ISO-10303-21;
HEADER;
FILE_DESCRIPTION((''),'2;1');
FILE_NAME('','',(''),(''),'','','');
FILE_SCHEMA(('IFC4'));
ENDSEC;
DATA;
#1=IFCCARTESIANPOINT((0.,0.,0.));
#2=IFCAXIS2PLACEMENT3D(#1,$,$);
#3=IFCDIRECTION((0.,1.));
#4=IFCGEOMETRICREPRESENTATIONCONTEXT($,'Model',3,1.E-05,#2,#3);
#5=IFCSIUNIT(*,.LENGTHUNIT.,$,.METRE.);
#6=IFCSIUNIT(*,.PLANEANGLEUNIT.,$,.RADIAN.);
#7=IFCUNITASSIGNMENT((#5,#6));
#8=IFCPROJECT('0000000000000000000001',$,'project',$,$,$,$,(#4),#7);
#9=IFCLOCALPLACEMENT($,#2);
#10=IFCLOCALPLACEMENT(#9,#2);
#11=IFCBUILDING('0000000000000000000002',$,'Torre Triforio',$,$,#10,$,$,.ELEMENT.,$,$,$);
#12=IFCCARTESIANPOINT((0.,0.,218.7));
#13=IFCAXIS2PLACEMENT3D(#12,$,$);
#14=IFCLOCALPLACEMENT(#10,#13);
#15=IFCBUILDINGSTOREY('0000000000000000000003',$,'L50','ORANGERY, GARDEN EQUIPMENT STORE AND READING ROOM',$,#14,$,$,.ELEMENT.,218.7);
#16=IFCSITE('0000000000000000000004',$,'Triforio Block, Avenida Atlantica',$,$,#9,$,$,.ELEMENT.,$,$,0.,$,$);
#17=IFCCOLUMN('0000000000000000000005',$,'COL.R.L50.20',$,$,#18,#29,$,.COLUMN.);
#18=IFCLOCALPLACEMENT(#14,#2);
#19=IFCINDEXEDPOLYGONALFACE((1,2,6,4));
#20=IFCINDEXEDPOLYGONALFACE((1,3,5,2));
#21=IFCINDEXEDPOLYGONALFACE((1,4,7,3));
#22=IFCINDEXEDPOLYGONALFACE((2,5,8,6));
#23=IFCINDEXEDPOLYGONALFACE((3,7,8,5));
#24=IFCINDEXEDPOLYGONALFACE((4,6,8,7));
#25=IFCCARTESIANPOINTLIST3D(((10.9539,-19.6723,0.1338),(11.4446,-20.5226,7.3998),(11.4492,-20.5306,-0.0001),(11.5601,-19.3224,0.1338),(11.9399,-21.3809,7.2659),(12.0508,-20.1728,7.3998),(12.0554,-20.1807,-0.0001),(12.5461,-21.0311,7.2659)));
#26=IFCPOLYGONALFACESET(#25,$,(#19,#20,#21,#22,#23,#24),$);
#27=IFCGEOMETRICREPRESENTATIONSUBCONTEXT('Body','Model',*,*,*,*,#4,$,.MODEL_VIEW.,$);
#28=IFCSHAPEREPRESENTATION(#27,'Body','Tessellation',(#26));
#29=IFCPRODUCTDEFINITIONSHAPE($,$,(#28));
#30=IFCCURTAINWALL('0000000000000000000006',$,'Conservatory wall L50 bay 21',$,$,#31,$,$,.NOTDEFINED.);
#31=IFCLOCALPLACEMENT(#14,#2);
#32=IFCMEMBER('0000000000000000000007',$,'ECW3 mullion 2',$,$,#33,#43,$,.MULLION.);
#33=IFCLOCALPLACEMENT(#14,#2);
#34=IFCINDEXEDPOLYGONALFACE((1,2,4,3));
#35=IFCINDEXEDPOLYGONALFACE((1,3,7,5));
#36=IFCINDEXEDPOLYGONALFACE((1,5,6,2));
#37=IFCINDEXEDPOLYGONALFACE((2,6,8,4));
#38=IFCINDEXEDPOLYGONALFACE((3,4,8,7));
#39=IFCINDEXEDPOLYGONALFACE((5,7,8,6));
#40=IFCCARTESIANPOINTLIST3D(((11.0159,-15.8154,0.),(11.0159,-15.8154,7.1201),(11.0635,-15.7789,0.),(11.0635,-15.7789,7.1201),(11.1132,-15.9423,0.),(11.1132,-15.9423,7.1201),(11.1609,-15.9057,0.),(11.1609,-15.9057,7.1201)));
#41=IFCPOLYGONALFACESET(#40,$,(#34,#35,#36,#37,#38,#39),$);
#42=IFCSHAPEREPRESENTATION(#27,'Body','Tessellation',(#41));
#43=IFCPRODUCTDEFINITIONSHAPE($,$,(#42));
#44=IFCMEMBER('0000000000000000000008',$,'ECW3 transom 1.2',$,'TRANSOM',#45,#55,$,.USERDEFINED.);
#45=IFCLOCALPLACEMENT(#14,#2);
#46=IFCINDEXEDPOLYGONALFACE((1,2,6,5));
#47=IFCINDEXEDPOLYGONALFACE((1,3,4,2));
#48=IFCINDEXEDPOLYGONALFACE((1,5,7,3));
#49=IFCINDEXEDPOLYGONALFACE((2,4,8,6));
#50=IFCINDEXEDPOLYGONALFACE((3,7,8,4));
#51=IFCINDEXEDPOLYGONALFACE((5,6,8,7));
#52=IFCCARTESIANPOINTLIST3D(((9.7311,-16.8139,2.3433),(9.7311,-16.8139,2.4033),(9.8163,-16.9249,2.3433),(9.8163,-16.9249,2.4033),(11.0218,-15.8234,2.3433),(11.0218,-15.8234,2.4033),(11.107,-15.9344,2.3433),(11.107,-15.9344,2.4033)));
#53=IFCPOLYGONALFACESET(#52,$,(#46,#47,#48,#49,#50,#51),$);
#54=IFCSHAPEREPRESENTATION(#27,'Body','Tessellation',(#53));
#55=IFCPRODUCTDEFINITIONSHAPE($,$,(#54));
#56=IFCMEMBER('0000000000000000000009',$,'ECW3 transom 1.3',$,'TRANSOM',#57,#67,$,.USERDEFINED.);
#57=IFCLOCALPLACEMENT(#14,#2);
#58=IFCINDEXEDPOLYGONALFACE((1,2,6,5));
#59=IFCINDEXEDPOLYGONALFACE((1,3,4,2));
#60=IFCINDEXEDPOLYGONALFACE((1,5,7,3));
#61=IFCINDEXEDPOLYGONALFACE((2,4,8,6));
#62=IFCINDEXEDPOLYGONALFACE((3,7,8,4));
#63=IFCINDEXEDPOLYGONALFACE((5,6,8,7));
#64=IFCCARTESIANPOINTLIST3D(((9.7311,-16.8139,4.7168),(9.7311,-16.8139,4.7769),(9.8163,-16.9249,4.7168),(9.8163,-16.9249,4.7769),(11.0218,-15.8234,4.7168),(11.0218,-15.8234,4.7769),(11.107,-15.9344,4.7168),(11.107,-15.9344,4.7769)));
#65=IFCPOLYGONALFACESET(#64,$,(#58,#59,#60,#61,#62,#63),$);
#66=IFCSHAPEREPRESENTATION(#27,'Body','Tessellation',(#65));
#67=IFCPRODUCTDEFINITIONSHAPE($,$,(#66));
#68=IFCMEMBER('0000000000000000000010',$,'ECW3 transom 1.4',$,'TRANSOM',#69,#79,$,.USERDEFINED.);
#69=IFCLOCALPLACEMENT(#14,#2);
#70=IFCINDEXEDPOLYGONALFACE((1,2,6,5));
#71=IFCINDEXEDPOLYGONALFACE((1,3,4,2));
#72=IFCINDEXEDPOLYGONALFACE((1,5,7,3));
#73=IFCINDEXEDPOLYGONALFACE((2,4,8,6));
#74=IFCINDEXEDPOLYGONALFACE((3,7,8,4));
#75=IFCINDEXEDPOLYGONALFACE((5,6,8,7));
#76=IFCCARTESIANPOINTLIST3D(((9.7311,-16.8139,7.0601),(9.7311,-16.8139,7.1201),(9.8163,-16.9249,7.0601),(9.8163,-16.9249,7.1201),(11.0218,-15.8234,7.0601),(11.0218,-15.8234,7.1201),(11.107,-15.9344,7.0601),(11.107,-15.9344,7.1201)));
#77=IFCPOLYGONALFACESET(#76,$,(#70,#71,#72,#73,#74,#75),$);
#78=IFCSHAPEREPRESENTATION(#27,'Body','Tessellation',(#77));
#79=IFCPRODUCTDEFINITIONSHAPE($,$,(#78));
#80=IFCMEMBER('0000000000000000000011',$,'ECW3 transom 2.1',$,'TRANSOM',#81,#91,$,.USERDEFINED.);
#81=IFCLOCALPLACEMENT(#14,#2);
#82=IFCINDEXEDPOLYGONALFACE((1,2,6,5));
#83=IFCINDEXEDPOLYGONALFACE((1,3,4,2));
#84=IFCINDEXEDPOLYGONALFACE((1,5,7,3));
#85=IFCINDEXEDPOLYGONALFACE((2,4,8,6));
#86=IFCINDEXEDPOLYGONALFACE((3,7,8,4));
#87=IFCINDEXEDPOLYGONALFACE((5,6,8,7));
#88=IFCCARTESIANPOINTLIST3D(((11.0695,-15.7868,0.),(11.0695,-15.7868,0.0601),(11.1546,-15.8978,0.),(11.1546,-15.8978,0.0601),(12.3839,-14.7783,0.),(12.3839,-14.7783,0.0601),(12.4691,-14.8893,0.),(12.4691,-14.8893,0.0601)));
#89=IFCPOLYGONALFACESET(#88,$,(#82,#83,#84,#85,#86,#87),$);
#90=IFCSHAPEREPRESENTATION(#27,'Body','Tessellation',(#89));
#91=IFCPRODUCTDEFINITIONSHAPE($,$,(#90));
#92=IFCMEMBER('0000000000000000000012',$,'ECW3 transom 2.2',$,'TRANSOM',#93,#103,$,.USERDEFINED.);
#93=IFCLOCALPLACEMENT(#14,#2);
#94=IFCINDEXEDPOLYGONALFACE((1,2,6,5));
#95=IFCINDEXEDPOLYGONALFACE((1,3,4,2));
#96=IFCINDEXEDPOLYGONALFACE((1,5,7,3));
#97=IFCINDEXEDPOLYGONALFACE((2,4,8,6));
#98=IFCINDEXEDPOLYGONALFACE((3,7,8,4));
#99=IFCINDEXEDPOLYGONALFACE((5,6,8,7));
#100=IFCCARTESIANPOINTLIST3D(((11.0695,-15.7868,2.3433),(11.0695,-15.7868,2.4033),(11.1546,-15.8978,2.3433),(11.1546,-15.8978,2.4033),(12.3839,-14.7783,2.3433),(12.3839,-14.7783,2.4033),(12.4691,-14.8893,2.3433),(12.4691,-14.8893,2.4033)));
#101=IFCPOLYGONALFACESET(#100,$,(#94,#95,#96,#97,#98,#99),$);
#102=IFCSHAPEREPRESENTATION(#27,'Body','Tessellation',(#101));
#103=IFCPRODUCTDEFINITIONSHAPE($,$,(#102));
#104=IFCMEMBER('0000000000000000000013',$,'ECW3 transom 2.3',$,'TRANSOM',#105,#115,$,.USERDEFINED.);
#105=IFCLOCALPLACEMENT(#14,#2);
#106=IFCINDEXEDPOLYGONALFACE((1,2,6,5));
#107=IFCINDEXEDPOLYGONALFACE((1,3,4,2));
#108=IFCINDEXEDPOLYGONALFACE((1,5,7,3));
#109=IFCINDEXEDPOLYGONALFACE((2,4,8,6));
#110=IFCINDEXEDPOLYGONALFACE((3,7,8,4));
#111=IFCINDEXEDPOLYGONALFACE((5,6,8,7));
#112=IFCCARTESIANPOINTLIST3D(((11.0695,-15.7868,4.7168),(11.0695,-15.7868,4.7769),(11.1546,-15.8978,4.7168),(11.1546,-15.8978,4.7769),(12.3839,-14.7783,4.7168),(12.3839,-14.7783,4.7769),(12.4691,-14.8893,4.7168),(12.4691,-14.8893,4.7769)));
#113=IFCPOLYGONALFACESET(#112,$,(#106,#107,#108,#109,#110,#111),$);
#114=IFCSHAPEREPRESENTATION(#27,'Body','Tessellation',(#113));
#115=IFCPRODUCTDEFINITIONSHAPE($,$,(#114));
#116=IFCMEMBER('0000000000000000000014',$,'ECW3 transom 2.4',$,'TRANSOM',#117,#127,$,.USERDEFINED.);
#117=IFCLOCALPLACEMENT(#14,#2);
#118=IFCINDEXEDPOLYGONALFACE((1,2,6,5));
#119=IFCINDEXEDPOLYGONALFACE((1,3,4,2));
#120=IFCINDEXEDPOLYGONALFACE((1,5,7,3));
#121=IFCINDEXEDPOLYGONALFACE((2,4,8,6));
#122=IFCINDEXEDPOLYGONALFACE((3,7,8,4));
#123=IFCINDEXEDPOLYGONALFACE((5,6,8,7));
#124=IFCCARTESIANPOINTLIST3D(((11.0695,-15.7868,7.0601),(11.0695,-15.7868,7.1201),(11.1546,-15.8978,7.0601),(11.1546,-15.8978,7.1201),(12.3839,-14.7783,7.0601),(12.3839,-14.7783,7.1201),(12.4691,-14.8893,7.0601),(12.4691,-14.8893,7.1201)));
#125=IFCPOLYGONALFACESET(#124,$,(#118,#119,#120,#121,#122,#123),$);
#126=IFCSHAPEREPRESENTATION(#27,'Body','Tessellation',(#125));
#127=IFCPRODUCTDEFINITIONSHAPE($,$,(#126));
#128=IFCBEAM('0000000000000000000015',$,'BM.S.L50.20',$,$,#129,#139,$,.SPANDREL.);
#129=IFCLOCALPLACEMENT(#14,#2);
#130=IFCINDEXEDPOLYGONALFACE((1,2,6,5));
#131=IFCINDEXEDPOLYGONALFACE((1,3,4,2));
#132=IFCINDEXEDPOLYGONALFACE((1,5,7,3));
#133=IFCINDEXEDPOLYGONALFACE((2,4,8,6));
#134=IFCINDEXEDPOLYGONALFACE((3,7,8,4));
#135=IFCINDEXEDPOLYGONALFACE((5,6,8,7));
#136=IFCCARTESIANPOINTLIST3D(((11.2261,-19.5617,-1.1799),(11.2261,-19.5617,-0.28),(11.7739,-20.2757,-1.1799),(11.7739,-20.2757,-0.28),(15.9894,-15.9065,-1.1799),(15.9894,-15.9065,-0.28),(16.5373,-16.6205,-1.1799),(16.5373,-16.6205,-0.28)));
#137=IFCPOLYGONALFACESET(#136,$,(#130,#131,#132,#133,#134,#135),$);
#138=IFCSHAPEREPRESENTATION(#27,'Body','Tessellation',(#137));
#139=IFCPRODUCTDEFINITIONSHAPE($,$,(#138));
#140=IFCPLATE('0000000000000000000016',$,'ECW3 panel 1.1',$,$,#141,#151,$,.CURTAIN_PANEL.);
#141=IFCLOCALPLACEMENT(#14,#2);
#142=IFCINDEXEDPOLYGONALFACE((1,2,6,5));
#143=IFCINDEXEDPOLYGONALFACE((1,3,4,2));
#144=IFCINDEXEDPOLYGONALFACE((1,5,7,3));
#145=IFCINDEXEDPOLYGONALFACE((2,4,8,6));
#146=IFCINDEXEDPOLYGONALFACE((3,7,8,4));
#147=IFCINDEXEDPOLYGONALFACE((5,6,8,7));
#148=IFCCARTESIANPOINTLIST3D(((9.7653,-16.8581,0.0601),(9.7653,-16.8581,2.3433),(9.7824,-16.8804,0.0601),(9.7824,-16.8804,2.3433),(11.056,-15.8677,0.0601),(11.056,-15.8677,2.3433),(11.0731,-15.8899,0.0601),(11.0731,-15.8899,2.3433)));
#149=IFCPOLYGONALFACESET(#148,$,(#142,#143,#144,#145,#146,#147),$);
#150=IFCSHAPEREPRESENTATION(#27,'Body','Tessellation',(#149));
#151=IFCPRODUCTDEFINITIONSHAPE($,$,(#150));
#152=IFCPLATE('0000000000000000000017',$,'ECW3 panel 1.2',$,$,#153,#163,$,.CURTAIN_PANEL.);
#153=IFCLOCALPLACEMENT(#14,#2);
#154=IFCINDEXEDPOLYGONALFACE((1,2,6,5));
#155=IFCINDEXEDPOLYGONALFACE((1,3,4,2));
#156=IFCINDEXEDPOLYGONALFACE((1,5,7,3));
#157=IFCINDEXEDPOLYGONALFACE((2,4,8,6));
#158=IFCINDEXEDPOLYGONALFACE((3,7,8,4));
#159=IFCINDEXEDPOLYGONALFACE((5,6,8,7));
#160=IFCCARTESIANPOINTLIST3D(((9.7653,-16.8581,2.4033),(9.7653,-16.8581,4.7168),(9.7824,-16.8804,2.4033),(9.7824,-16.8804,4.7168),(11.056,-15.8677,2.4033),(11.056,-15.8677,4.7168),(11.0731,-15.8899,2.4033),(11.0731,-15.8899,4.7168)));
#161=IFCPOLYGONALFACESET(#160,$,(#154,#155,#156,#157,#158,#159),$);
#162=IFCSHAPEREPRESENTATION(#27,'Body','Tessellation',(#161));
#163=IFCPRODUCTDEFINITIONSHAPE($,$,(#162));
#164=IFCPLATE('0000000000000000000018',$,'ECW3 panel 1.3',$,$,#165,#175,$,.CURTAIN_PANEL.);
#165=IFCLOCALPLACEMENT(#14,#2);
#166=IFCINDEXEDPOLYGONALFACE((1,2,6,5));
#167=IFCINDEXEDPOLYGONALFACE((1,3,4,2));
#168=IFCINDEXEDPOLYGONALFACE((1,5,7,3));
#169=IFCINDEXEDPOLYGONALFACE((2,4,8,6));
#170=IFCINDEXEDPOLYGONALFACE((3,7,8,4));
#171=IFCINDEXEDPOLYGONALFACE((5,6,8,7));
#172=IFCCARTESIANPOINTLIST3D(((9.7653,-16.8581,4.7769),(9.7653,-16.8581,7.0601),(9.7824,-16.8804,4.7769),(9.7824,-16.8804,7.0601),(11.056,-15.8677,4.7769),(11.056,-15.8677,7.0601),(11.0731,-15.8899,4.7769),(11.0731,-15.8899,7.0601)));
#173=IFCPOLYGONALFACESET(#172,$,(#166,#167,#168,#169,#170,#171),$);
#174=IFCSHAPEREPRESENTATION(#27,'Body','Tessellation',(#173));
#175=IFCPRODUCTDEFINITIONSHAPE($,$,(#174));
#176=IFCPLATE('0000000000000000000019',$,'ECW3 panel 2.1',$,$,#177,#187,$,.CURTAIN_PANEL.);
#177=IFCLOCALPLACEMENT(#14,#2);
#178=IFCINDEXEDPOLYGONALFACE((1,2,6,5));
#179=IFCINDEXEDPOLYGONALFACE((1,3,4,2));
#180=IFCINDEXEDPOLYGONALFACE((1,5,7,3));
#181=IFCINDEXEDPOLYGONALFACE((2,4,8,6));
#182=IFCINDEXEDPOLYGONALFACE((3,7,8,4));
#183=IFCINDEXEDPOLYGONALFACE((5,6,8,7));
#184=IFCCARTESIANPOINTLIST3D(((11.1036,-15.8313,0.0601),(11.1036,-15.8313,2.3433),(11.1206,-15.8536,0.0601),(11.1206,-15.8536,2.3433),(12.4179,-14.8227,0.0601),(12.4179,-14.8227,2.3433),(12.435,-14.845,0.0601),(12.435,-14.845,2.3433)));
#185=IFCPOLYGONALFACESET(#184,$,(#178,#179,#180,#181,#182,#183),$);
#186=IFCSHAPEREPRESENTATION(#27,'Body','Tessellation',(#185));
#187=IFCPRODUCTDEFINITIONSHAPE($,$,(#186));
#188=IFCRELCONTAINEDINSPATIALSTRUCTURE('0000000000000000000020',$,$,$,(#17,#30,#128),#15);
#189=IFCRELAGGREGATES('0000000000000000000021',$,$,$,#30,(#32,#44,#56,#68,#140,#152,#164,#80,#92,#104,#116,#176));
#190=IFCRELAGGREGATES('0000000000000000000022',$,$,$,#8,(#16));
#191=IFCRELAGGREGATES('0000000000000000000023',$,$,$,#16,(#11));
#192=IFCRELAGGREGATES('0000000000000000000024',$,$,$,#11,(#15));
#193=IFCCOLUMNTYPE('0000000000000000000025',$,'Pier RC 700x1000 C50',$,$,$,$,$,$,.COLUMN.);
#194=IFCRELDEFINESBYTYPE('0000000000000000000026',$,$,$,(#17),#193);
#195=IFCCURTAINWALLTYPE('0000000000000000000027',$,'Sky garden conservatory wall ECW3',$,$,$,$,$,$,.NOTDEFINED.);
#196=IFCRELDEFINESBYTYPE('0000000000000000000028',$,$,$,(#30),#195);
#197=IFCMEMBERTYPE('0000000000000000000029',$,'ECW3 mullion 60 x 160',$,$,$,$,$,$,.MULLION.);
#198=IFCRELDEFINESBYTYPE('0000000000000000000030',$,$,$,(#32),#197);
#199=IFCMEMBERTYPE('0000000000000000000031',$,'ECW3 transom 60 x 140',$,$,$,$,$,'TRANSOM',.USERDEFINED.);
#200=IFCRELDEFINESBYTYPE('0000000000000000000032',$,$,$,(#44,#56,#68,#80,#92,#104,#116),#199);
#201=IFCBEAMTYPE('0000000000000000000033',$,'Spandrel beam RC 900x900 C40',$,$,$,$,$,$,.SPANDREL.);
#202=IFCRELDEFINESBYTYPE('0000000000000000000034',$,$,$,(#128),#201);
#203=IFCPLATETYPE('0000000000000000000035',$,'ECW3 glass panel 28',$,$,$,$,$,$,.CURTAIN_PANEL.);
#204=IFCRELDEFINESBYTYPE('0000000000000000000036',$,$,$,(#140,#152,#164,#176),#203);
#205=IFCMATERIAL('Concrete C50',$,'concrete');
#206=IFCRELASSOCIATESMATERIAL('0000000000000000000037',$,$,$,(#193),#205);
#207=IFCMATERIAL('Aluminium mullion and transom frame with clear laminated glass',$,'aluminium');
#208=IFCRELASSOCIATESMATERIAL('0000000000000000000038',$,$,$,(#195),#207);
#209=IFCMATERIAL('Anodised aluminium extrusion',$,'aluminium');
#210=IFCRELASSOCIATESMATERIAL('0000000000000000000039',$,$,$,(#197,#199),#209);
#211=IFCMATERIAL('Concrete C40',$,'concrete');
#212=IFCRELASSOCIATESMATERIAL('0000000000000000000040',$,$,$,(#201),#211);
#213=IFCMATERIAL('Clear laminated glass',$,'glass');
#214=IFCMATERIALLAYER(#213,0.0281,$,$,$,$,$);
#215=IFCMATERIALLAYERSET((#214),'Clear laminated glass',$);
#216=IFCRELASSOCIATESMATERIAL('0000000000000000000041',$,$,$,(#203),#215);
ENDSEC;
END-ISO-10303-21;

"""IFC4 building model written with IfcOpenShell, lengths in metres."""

from ifc_helpers import new_model, si_unit, direction, frame, origin, origin_2d, place, context, subcontext, project, spatial, rectangle, extrude, material, layer, layer_set, material_profile, profile_set, type_object, element, aggregate, save


model = new_model("IFC4")

# Units and contexts
model_context = context("Model", 3, precision=1e-05, world=origin(), true_north=direction((0.0, 1.0)))
body_context = subcontext(model_context, "Body", "Model", "MODEL_VIEW")
ifc_project = project(units=[si_unit("LENGTHUNIT", "METRE"), si_unit("PLANEANGLEUNIT", "RADIAN")], contexts=[model_context])

# Site, building, storey
site_placement = place(None, origin())
site = spatial("IfcSite", under=ifc_project, at=site_placement, Name="Triforio Block, Avenida Atlantica", CompositionType="ELEMENT", RefElevation=0.0)
building_placement = place(site_placement, origin())
building = spatial("IfcBuilding", under=site, at=building_placement, Name="Torre Triforio", CompositionType="ELEMENT")
storey_placement = place(building_placement, frame((0.0, 0.0, 218.7)))
storey = spatial("IfcBuildingStorey", under=building, at=storey_placement, Name="L50", Description="ORANGERY, GARDEN EQUIPMENT STORE AND READING ROOM", CompositionType="ELEMENT", Elevation=218.7)

# Column
ifc_material_1 = material(Name="Concrete C50", Category="concrete")
ifc_material_profile_1 = material_profile(ifc_material_1, rectangle(XDim=0.7, YDim=1.0, at=origin_2d()), Name="RC 700x1000")
ifc_profile_set_1 = profile_set([ifc_material_profile_1], Name="Concrete C50")
column_type = type_object("IfcColumnType", Name="Pier RC 700x1000 C50", PredefinedType="COLUMN", material=ifc_profile_set_1)
column_placement = place(storey_placement, frame((11.5046, -19.9265, 0.0669), z_axis=(0.066928, -0.115975, 0.990995), x_axis=(0.866123, 0.49983, 0.0)))
element("IfcColumn", 1, at=column_placement, inside=storey, type_object=column_type, Name="COL.R.L50.20", PredefinedType="COLUMN", context=body_context, shape_type="SweptSolid", body=[
    extrude(rectangle(XDim=0.7, YDim=1.0, at=origin_2d()), origin(), (0.0, 0.0, 1.0), 7.332),
])

# Curtain wall, members
ifc_material_2 = material(Name="Aluminium mullion and transom frame with clear laminated glass", Category="aluminium")
curtain_wall_type = type_object("IfcCurtainWallType", Name="Sky garden conservatory wall ECW3", PredefinedType="NOTDEFINED", material=ifc_material_2)
curtain_wall_placement = place(storey_placement, origin())
curtain_wall = element("IfcCurtainWall", 2, at=curtain_wall_placement, inside=storey, type_object=curtain_wall_type, Name="Conservatory wall L50 bay 21", PredefinedType="NOTDEFINED")
ifc_material_3 = material(Name="Anodised aluminium extrusion", Category="aluminium")
ifc_material_profile_2 = material_profile(ifc_material_3, rectangle(XDim=0.1599, YDim=0.0601, at=origin_2d()), Name="ECW3 MULLION 60x160")
ifc_profile_set_2 = profile_set([ifc_material_profile_2], Name="Anodised aluminium extrusion")
member_type_1 = type_object("IfcMemberType", Name="ECW3 mullion 60 x 160", PredefinedType="MULLION", material=ifc_profile_set_2)
member_1_placement = place(storey_placement, frame((11.0884, -15.8606, 0.0), z_axis=(0.0, 0.0, 1.0), x_axis=(-0.608767, 0.793349, 0.0)))
member_1 = element("IfcMember", 3, at=member_1_placement, type_object=member_type_1, Name="ECW3 mullion 2", PredefinedType="MULLION", context=body_context, shape_type="SweptSolid", body=[
    extrude(rectangle(XDim=0.1599, YDim=0.0601, at=origin_2d()), origin(), (0.0, 0.0, 1.0), 7.1201),
])
ifc_material_profile_3 = material_profile(ifc_material_3, rectangle(XDim=0.1399, YDim=0.0601, at=origin_2d()), Name="ECW3 TRANSOM 60x140")
ifc_profile_set_3 = profile_set([ifc_material_profile_3], Name="Anodised aluminium extrusion")
member_type_2 = type_object("IfcMemberType", Name="ECW3 transom 60 x 140", ElementType="TRANSOM", PredefinedType="USERDEFINED", material=ifc_profile_set_3)
member_2_placement = place(storey_placement, frame((9.7737, -16.8694, 2.3733), z_axis=(0.793343, 0.608775, 0.0), x_axis=(-0.608775, 0.793343, 0.0)))
member_2 = element("IfcMember", 4, at=member_2_placement, type_object=member_type_2, Name="ECW3 transom 1.2", ObjectType="TRANSOM", PredefinedType="USERDEFINED", context=body_context, shape_type="SweptSolid", body=[
    extrude(rectangle(XDim=0.1399, YDim=0.0601, at=origin_2d()), origin(), (0.0, 0.0, 1.0), 1.627),
])
member_3_placement = place(storey_placement, frame((9.7737, -16.8694, 4.7468), z_axis=(0.793343, 0.608775, 0.0), x_axis=(-0.608775, 0.793343, 0.0)))
member_3 = element("IfcMember", 5, at=member_3_placement, type_object=member_type_2, Name="ECW3 transom 1.3", ObjectType="TRANSOM", PredefinedType="USERDEFINED", context=body_context, shape_type="SweptSolid", body=[
    extrude(rectangle(XDim=0.1399, YDim=0.0601, at=origin_2d()), origin(), (0.0, 0.0, 1.0), 1.627),
])
member_4_placement = place(storey_placement, frame((9.7737, -16.8694, 7.0901), z_axis=(0.793343, 0.608775, 0.0), x_axis=(-0.608775, 0.793343, 0.0)))
member_4 = element("IfcMember", 6, at=member_4_placement, type_object=member_type_2, Name="ECW3 transom 1.4", ObjectType="TRANSOM", PredefinedType="USERDEFINED", context=body_context, shape_type="SweptSolid", body=[
    extrude(rectangle(XDim=0.1399, YDim=0.0601, at=origin_2d()), origin(), (0.0, 0.0, 1.0), 1.627),
])
member_5_placement = place(storey_placement, frame((11.1121, -15.8423, 0.03), z_axis=(0.793374, 0.608735, 0.0), x_axis=(-0.608735, 0.793374, 0.0)))
member_5 = element("IfcMember", 7, at=member_5_placement, type_object=member_type_2, Name="ECW3 transom 2.1", ObjectType="TRANSOM", PredefinedType="USERDEFINED", context=body_context, shape_type="SweptSolid", body=[
    extrude(rectangle(XDim=0.1399, YDim=0.0601, at=origin_2d()), origin(), (0.0, 0.0, 1.0), 1.6567),
])
member_6_placement = place(storey_placement, frame((11.1121, -15.8423, 2.3733), z_axis=(0.793374, 0.608735, 0.0), x_axis=(-0.608735, 0.793374, 0.0)))
member_6 = element("IfcMember", 8, at=member_6_placement, type_object=member_type_2, Name="ECW3 transom 2.2", ObjectType="TRANSOM", PredefinedType="USERDEFINED", context=body_context, shape_type="SweptSolid", body=[
    extrude(rectangle(XDim=0.1399, YDim=0.0601, at=origin_2d()), origin(), (0.0, 0.0, 1.0), 1.6567),
])
member_7_placement = place(storey_placement, frame((11.1121, -15.8423, 4.7468), z_axis=(0.793374, 0.608735, 0.0), x_axis=(-0.608735, 0.793374, 0.0)))
member_7 = element("IfcMember", 9, at=member_7_placement, type_object=member_type_2, Name="ECW3 transom 2.3", ObjectType="TRANSOM", PredefinedType="USERDEFINED", context=body_context, shape_type="SweptSolid", body=[
    extrude(rectangle(XDim=0.1399, YDim=0.0601, at=origin_2d()), origin(), (0.0, 0.0, 1.0), 1.6567),
])
member_8_placement = place(storey_placement, frame((11.1121, -15.8423, 7.0901), z_axis=(0.793374, 0.608735, 0.0), x_axis=(-0.608735, 0.793374, 0.0)))
member_8 = element("IfcMember", 10, at=member_8_placement, type_object=member_type_2, Name="ECW3 transom 2.4", ObjectType="TRANSOM", PredefinedType="USERDEFINED", context=body_context, shape_type="SweptSolid", body=[
    extrude(rectangle(XDim=0.1399, YDim=0.0601, at=origin_2d()), origin(), (0.0, 0.0, 1.0), 1.6567),
])

# Beam
ifc_material_4 = material(Name="Concrete C40", Category="concrete")
ifc_material_profile_4 = material_profile(ifc_material_4, rectangle(XDim=0.8999, YDim=0.8999, at=origin_2d()), Name="RC 900x900")
ifc_profile_set_4 = profile_set([ifc_material_profile_4], Name="Concrete C40")
beam_type = type_object("IfcBeamType", Name="Spandrel beam RC 900x900 C40", PredefinedType="SPANDREL", material=ifc_profile_set_4)
beam_placement = place(storey_placement, frame((11.5, -19.9187, -0.73), z_axis=(0.79334, 0.608779, 0.0), x_axis=(-0.608779, 0.79334, 0.0)))
element("IfcBeam", 11, at=beam_placement, inside=storey, type_object=beam_type, Name="BM.S.L50.20", PredefinedType="SPANDREL", context=body_context, shape_type="SweptSolid", body=[
    extrude(rectangle(XDim=0.8999, YDim=0.8999, at=origin_2d()), origin(), (0.0, 0.0, 1.0), 6.0042),
])

# Plates
ifc_material_5 = material(Name="Clear laminated glass", Category="glass")
ifc_layer_1 = layer(ifc_material_5, 0.0281)
ifc_layer_set_1 = layer_set([ifc_layer_1], Name="Clear laminated glass")
plate_type = type_object("IfcPlateType", Name="ECW3 glass panel 28", PredefinedType="CURTAIN_PANEL", material=ifc_layer_set_1)
plate_1_placement = place(storey_placement, frame((10.4192, -16.374, 0.0601), z_axis=(0.0, 0.0, 1.0), x_axis=(0.793349, 0.608767, 0.0)))
plate_1 = element("IfcPlate", 12, at=plate_1_placement, type_object=plate_type, Name="ECW3 panel 1.1", PredefinedType="CURTAIN_PANEL", context=body_context, shape_type="SweptSolid", body=[
    extrude(rectangle(XDim=1.627, YDim=0.0281, at=origin_2d()), origin(), (0.0, 0.0, 1.0), 2.2832),
])
plate_2_placement = place(storey_placement, frame((10.4192, -16.374, 2.4033), z_axis=(0.0, 0.0, 1.0), x_axis=(0.793349, 0.608767, 0.0)))
plate_2 = element("IfcPlate", 13, at=plate_2_placement, type_object=plate_type, Name="ECW3 panel 1.2", PredefinedType="CURTAIN_PANEL", context=body_context, shape_type="SweptSolid", body=[
    extrude(rectangle(XDim=1.627, YDim=0.0281, at=origin_2d()), origin(), (0.0, 0.0, 1.0), 2.3135),
])
plate_3_placement = place(storey_placement, frame((10.4192, -16.374, 4.7769), z_axis=(0.0, 0.0, 1.0), x_axis=(0.793349, 0.608767, 0.0)))
plate_3 = element("IfcPlate", 14, at=plate_3_placement, type_object=plate_type, Name="ECW3 panel 1.3", PredefinedType="CURTAIN_PANEL", context=body_context, shape_type="SweptSolid", body=[
    extrude(rectangle(XDim=1.627, YDim=0.0281, at=origin_2d()), origin(), (0.0, 0.0, 1.0), 2.2832),
])
plate_4_placement = place(storey_placement, frame((11.7693, -15.3381, 0.0601), z_axis=(0.0, 0.0, 1.0), x_axis=(0.793349, 0.608767, 0.0)))
plate_4 = element("IfcPlate", 15, at=plate_4_placement, type_object=plate_type, Name="ECW3 panel 2.1", PredefinedType="CURTAIN_PANEL", context=body_context, shape_type="SweptSolid", body=[
    extrude(rectangle(XDim=1.6567, YDim=0.0281, at=origin_2d()), origin(), (0.0, 0.0, 1.0), 2.2832),
])
aggregate(curtain_wall, [member_1, member_2, member_3, member_4, plate_1, plate_2, plate_3, member_5, member_6, member_7, member_8, plate_4])

save(model, "model.ifc")
